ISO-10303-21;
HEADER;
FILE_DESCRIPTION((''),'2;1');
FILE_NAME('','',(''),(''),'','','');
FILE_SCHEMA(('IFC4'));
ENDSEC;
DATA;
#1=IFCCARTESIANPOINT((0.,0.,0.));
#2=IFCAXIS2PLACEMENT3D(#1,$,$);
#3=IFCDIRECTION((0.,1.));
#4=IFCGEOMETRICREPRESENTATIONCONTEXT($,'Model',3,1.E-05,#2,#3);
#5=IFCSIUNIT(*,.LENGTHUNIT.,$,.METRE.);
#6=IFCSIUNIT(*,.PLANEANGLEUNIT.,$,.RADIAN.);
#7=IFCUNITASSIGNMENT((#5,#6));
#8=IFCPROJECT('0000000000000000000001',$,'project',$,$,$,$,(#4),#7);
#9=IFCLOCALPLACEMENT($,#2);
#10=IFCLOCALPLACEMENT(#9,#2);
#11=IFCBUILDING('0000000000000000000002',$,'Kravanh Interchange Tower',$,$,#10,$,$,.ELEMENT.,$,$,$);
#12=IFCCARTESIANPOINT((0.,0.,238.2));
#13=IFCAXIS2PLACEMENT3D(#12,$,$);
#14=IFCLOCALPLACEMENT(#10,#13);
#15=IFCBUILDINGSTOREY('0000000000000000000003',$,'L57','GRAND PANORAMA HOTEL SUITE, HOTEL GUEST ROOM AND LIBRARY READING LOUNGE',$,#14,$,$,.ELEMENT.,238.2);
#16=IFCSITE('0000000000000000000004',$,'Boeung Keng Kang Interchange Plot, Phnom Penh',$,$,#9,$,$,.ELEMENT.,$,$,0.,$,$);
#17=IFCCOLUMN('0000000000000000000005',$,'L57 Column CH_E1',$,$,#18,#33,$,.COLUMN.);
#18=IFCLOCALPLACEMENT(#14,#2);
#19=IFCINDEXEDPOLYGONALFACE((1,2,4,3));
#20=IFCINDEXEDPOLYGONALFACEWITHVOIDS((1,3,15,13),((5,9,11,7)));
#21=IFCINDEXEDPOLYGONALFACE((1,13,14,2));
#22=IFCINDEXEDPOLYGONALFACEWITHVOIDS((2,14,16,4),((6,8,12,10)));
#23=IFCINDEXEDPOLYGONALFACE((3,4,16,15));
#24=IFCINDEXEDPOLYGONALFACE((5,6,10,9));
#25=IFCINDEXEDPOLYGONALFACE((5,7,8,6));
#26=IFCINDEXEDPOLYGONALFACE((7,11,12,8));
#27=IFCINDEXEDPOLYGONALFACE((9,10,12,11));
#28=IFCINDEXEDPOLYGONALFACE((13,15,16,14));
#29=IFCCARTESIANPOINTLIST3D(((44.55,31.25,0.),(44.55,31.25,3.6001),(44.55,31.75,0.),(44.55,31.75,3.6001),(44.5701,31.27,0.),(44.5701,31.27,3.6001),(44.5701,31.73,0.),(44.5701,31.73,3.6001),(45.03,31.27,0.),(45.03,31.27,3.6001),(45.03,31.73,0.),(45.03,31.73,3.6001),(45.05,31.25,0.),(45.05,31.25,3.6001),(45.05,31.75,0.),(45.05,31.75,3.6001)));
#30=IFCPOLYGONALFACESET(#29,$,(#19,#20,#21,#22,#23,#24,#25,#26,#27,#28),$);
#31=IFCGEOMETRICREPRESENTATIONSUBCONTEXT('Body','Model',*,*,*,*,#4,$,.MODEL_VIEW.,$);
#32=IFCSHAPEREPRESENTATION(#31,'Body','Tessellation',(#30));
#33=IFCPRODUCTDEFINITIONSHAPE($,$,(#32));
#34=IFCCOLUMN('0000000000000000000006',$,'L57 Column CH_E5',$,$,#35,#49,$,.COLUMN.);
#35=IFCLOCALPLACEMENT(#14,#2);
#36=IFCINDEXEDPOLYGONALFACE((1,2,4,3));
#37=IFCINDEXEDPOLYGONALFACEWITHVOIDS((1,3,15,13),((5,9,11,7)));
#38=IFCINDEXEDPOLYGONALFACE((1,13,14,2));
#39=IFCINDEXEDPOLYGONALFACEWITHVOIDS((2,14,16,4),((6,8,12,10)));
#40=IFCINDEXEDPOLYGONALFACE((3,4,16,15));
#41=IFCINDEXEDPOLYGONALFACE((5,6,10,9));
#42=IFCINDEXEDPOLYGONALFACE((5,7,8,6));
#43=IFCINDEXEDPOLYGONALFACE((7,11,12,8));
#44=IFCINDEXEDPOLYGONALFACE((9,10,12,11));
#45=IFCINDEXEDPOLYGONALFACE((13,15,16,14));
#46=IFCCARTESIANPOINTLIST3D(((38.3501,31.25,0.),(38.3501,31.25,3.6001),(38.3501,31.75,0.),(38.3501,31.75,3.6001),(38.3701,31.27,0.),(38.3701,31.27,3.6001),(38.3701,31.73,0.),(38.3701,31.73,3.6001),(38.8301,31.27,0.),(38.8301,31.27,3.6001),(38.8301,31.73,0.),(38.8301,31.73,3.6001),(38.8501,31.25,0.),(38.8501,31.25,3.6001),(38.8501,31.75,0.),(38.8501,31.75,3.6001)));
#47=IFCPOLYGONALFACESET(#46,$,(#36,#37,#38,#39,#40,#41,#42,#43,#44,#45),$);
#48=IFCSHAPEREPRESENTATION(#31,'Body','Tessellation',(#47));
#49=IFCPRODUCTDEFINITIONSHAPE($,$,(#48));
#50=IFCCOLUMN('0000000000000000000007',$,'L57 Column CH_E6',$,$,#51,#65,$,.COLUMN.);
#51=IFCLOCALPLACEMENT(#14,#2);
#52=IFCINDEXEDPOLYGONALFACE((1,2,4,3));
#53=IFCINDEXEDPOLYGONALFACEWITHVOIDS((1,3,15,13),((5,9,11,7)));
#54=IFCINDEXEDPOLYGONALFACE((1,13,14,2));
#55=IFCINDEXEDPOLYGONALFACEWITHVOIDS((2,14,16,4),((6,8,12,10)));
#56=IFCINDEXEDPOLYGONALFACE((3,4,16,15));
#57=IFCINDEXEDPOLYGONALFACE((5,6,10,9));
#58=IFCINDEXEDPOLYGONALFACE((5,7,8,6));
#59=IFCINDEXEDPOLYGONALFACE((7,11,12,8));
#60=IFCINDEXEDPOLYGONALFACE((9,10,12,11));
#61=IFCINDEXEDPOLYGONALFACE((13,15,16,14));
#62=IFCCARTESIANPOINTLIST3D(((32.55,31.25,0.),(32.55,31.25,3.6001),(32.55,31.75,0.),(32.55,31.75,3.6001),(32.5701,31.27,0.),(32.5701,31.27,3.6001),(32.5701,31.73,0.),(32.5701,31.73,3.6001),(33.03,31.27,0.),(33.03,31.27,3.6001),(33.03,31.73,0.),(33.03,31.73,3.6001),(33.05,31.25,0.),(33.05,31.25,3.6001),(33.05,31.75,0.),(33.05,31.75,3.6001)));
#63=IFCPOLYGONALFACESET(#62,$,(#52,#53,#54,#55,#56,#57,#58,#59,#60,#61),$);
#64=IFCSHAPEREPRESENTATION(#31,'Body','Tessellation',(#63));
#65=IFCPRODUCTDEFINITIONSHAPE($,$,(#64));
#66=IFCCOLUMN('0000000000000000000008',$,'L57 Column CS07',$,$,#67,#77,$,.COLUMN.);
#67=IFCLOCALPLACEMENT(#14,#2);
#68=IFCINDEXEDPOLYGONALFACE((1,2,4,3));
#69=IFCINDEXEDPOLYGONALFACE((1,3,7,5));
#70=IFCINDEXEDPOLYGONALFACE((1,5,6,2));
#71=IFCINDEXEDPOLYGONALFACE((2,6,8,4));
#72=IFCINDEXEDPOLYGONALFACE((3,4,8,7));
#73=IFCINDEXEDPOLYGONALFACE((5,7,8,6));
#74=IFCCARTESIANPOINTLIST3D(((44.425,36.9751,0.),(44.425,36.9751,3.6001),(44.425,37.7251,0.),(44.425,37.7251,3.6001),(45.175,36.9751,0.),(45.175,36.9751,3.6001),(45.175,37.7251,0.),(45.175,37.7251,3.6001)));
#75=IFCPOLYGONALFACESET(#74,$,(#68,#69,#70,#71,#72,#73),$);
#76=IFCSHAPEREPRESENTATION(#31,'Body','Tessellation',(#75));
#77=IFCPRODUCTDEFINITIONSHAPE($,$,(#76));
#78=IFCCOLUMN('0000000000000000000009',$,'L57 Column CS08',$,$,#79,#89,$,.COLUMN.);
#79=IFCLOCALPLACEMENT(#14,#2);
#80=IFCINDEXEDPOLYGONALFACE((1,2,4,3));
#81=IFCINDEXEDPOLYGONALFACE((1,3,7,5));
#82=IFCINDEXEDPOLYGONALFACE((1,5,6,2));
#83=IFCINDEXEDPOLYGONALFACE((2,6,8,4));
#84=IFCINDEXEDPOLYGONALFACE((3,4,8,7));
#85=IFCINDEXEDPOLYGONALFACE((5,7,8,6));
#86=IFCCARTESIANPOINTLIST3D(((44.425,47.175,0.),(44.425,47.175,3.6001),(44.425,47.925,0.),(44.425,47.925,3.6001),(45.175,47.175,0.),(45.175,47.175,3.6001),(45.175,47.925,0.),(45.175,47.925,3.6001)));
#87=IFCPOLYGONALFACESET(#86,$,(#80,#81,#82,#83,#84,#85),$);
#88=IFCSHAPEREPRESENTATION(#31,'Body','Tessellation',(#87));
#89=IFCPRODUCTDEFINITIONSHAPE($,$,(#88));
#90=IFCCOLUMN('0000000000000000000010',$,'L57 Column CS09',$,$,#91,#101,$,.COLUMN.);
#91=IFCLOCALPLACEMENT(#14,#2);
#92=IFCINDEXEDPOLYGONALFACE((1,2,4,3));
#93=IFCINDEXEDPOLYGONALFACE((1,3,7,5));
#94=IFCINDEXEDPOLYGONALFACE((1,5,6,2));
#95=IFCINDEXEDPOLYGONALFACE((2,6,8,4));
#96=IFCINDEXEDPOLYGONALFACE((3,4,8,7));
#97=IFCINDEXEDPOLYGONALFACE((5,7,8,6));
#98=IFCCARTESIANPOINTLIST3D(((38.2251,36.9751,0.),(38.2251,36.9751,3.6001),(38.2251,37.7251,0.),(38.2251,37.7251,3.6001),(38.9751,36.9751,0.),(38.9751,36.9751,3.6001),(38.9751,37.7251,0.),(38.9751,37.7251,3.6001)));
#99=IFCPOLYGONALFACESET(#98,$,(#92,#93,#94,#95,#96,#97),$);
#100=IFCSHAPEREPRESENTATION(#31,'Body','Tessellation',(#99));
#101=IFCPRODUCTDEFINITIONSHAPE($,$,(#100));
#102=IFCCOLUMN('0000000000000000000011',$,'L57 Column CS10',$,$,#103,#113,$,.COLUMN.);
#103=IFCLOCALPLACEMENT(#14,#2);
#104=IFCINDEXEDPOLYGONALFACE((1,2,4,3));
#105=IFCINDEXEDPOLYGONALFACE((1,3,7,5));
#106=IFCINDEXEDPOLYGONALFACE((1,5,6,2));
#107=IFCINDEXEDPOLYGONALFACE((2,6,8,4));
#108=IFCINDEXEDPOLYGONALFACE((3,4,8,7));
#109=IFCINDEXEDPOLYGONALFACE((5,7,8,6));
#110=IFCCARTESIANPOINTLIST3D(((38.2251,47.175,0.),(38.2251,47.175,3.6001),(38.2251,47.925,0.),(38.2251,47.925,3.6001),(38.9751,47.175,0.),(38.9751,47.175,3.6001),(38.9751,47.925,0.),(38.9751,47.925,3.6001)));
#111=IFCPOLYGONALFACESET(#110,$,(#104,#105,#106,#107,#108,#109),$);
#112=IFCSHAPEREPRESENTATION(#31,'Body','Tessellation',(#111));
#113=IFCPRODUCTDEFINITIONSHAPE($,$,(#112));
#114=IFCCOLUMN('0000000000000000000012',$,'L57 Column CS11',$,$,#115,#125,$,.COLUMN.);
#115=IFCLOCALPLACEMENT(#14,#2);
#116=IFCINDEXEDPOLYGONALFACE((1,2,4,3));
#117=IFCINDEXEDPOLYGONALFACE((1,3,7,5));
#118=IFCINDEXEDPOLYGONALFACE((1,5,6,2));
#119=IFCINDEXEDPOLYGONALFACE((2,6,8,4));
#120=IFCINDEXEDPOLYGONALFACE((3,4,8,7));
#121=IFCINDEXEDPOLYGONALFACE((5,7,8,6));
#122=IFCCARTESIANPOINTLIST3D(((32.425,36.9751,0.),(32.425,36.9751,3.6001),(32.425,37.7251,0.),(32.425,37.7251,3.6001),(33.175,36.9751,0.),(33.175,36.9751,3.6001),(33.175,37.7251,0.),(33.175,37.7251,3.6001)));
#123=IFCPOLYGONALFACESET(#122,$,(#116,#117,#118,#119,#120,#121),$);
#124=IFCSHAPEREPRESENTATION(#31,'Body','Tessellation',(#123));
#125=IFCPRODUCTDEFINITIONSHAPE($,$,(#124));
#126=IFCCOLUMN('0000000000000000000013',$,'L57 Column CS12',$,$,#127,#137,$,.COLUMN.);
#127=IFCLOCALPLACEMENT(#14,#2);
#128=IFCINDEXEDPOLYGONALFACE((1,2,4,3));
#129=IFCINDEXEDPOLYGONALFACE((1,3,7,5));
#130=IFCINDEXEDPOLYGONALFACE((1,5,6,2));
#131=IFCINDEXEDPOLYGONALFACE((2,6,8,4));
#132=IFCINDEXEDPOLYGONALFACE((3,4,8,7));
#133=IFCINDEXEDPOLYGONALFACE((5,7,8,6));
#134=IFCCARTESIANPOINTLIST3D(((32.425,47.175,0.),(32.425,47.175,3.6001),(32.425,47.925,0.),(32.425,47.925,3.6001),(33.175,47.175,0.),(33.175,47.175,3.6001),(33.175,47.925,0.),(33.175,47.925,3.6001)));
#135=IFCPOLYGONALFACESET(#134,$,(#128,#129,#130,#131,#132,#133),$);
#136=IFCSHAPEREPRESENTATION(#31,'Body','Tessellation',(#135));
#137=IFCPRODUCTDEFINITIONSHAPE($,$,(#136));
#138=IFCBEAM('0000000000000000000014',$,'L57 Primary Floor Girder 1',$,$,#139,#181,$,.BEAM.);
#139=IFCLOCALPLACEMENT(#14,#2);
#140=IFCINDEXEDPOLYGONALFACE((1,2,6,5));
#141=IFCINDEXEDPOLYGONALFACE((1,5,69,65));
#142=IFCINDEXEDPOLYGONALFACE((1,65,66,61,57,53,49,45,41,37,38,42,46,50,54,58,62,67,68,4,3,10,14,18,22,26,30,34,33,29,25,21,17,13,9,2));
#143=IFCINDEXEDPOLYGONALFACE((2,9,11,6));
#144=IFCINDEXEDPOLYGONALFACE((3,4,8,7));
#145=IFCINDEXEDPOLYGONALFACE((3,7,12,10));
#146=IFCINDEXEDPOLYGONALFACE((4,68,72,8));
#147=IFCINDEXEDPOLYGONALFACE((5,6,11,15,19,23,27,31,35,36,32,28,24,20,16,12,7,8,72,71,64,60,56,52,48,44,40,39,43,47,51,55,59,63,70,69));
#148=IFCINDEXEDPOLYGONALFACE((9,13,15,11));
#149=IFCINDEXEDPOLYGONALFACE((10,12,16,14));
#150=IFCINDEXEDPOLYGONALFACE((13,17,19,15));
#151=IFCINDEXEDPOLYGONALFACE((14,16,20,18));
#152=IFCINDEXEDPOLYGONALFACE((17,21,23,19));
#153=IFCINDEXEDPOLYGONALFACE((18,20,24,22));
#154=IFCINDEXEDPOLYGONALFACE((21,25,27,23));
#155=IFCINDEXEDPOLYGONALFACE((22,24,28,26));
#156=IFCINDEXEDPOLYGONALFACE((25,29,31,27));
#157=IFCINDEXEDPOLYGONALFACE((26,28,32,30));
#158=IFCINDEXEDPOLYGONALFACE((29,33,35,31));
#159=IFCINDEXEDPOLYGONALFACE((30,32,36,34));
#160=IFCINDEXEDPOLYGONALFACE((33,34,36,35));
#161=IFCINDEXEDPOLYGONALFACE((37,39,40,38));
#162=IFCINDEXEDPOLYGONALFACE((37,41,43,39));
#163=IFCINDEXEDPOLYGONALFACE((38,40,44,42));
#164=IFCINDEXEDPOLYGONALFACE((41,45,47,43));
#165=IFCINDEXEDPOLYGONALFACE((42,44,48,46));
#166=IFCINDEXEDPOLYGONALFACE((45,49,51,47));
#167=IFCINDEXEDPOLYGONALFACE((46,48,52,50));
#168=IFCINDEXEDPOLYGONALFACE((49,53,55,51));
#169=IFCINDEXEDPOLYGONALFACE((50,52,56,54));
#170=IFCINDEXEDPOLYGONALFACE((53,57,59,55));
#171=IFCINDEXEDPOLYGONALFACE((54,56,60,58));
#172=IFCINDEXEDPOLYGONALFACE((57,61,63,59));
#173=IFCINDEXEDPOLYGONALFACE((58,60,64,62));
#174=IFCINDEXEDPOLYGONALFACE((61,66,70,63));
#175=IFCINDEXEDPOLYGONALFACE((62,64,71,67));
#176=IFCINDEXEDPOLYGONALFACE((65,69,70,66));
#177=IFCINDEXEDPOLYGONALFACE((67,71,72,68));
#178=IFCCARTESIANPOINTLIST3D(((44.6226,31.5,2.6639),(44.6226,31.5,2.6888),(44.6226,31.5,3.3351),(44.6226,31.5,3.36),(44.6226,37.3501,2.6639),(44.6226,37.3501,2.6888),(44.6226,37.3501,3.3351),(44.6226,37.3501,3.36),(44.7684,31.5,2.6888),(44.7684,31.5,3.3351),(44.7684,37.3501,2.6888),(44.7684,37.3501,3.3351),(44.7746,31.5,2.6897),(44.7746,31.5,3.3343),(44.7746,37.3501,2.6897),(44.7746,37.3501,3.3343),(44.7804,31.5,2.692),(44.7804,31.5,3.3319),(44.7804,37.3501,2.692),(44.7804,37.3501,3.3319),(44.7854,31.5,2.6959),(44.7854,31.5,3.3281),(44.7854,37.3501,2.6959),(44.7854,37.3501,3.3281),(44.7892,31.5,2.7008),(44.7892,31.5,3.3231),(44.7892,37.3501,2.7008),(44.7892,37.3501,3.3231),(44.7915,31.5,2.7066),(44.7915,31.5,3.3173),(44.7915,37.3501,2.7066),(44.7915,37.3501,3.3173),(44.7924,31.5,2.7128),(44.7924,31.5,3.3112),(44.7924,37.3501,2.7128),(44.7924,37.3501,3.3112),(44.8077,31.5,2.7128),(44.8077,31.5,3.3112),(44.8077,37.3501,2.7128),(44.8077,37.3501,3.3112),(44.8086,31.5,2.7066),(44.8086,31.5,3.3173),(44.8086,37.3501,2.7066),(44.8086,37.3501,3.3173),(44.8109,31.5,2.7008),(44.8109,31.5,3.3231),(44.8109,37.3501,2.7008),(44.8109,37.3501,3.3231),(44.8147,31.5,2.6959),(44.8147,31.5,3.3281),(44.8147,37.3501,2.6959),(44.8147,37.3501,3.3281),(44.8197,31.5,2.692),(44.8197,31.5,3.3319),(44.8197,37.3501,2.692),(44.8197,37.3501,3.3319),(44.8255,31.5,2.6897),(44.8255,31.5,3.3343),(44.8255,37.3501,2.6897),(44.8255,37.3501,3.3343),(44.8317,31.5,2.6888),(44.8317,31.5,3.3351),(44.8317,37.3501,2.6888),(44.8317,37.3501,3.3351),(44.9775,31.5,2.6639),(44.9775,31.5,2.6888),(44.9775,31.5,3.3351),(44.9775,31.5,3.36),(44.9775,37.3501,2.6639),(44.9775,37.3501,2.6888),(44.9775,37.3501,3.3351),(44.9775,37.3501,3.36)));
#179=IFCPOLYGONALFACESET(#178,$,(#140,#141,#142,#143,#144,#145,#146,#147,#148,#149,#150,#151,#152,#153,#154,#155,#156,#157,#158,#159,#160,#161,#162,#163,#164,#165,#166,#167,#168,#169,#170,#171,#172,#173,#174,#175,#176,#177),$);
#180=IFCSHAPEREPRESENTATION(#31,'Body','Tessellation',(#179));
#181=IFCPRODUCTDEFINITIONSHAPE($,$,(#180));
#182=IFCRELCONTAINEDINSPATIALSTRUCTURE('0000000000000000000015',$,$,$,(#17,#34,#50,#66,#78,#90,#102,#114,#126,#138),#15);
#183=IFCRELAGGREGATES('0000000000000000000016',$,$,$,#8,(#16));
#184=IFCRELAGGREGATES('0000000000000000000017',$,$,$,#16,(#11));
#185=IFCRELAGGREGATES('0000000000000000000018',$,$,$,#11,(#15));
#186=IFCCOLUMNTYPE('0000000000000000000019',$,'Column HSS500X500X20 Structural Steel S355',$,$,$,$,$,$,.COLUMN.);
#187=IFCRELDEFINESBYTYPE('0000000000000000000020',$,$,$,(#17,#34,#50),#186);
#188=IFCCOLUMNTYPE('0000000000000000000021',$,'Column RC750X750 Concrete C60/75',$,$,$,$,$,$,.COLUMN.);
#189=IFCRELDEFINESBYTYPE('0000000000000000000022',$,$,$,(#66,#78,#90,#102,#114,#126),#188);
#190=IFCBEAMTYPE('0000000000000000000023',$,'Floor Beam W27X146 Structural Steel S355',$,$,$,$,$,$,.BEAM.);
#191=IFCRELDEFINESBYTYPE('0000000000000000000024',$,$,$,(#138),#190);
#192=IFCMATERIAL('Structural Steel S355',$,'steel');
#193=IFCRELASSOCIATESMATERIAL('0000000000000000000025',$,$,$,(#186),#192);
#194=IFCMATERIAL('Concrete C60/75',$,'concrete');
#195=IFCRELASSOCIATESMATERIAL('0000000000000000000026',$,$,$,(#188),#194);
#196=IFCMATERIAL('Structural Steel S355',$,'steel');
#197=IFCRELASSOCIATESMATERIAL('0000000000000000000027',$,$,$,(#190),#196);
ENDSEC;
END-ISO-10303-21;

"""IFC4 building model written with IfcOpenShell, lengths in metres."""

from ifc_helpers import new_model, si_unit, direction, frame, origin, origin_2d, place, context, subcontext, project, spatial, rectangle, hollow_rectangle, i_section, extrude, material, material_profile, profile_set, type_object, element, save


model = new_model("IFC4")

# Units and contexts
model_context = context("Model", 3, precision=1e-05, world=origin(), true_north=direction((0.0, 1.0)))
body_context = subcontext(model_context, "Body", "Model", "MODEL_VIEW")
ifc_project = project(units=[si_unit("LENGTHUNIT", "METRE"), si_unit("PLANEANGLEUNIT", "RADIAN")], contexts=[model_context])

# Site, building, storey
site_placement = place(None, origin())
site = spatial("IfcSite", under=ifc_project, at=site_placement, Name="Boeung Keng Kang Interchange Plot, Phnom Penh", CompositionType="ELEMENT", RefElevation=0.0)
building_placement = place(site_placement, origin())
building = spatial("IfcBuilding", under=site, at=building_placement, Name="Kravanh Interchange Tower", CompositionType="ELEMENT")
storey_placement = place(building_placement, frame((0.0, 0.0, 238.2)))
storey = spatial("IfcBuildingStorey", under=building, at=storey_placement, Name="L57", Description="GRAND PANORAMA HOTEL SUITE, HOTEL GUEST ROOM AND LIBRARY READING LOUNGE", CompositionType="ELEMENT", Elevation=238.2)

# Columns
ifc_material_1 = material(Name="Structural Steel S355", Category="steel")
ifc_material_profile_1 = material_profile(ifc_material_1, hollow_rectangle(XDim=0.5, YDim=0.5, WallThickness=0.02, at=origin_2d()), Name="HSS500X500X20")
ifc_profile_set_1 = profile_set([ifc_material_profile_1], Name="Structural Steel S355")
column_type_1 = type_object("IfcColumnType", Name="Column HSS500X500X20 Structural Steel S355", PredefinedType="COLUMN", material=ifc_profile_set_1)
for number, where, z_axis, x_axis, name in (
    (1, (44.8, 31.5, 0.0), (0.0, 0.0, 1.0), (1.0, 0.0, 0.0), "L57 Column CH_E1"),
    (2, (38.6001, 31.5, 0.0), (0.0, 0.0, 1.0), (1.0, 0.0, 0.0), "L57 Column CH_E5"),
    (3, (32.8, 31.5, 0.0), (0.0, 0.0, 1.0), (1.0, 0.0, 0.0), "L57 Column CH_E6"),
):
    element("IfcColumn", number, at=place(storey_placement, frame(where, z_axis=z_axis, x_axis=x_axis)), inside=storey, type_object=column_type_1, Name=name, PredefinedType="COLUMN", context=body_context, shape_type="SweptSolid", body=[
        extrude(hollow_rectangle(XDim=0.5, YDim=0.5, WallThickness=0.02, at=origin_2d()), origin(), (0.0, 0.0, 1.0), 3.6001),
    ])
ifc_material_2 = material(Name="Concrete C60/75", Category="concrete")
ifc_material_profile_2 = material_profile(ifc_material_2, rectangle(XDim=0.75, YDim=0.75, at=origin_2d()), Name="RC750X750")
ifc_profile_set_2 = profile_set([ifc_material_profile_2], Name="Concrete C60/75")
column_type_2 = type_object("IfcColumnType", Name="Column RC750X750 Concrete C60/75", PredefinedType="COLUMN", material=ifc_profile_set_2)
for number, where, z_axis, x_axis, name in (
    (4, (44.8, 37.3501, 0.0), (0.0, 0.0, 1.0), (1.0, 0.0, 0.0), "L57 Column CS07"),
    (5, (44.8, 47.55, 0.0), (0.0, 0.0, 1.0), (1.0, 0.0, 0.0), "L57 Column CS08"),
    (6, (38.6001, 37.3501, 0.0), (0.0, 0.0, 1.0), (1.0, 0.0, 0.0), "L57 Column CS09"),
    (7, (38.6001, 47.55, 0.0), (0.0, 0.0, 1.0), (1.0, 0.0, 0.0), "L57 Column CS10"),
    (8, (32.8, 37.3501, 0.0), (0.0, 0.0, 1.0), (1.0, 0.0, 0.0), "L57 Column CS11"),
    (9, (32.8, 47.55, 0.0), (0.0, 0.0, 1.0), (1.0, 0.0, 0.0), "L57 Column CS12"),
):
    element("IfcColumn", number, at=place(storey_placement, frame(where, z_axis=z_axis, x_axis=x_axis)), inside=storey, type_object=column_type_2, Name=name, PredefinedType="COLUMN", context=body_context, shape_type="SweptSolid", body=[
        extrude(rectangle(XDim=0.75, YDim=0.75, at=origin_2d()), origin(), (0.0, 0.0, 1.0), 3.6001),
    ])

# Beam
ifc_material_3 = material(Name="Structural Steel S355", Category="steel")
ifc_material_profile_3 = material_profile(ifc_material_3, i_section(OverallWidth=0.355, OverallDepth=0.696, WebThickness=0.0154, FlangeThickness=0.0249, FilletRadius=0.0239, at=origin_2d()), Name="W27X146")
ifc_profile_set_3 = profile_set([ifc_material_profile_3], Name="Structural Steel S355")
beam_type_1 = type_object("IfcBeamType", Name="Floor Beam W27X146 Structural Steel S355", PredefinedType="BEAM", material=ifc_profile_set_3)
beam_1_placement = place(storey_placement, frame((44.8, 31.5, 3.012), z_axis=(0.0, 1.0, 0.0), x_axis=(-1.0, 0.0, 0.0)))
element("IfcBeam", 10, at=beam_1_placement, inside=storey, type_object=beam_type_1, Name="L57 Primary Floor Girder 1", PredefinedType="BEAM", context=body_context, shape_type="SweptSolid", body=[
    extrude(i_section(OverallWidth=0.355, OverallDepth=0.696, WebThickness=0.0154, FlangeThickness=0.0249, FilletRadius=0.0239, at=origin_2d()), origin(), (0.0, 0.0, 1.0), 5.8501),
])

save(model, "model.ifc")
